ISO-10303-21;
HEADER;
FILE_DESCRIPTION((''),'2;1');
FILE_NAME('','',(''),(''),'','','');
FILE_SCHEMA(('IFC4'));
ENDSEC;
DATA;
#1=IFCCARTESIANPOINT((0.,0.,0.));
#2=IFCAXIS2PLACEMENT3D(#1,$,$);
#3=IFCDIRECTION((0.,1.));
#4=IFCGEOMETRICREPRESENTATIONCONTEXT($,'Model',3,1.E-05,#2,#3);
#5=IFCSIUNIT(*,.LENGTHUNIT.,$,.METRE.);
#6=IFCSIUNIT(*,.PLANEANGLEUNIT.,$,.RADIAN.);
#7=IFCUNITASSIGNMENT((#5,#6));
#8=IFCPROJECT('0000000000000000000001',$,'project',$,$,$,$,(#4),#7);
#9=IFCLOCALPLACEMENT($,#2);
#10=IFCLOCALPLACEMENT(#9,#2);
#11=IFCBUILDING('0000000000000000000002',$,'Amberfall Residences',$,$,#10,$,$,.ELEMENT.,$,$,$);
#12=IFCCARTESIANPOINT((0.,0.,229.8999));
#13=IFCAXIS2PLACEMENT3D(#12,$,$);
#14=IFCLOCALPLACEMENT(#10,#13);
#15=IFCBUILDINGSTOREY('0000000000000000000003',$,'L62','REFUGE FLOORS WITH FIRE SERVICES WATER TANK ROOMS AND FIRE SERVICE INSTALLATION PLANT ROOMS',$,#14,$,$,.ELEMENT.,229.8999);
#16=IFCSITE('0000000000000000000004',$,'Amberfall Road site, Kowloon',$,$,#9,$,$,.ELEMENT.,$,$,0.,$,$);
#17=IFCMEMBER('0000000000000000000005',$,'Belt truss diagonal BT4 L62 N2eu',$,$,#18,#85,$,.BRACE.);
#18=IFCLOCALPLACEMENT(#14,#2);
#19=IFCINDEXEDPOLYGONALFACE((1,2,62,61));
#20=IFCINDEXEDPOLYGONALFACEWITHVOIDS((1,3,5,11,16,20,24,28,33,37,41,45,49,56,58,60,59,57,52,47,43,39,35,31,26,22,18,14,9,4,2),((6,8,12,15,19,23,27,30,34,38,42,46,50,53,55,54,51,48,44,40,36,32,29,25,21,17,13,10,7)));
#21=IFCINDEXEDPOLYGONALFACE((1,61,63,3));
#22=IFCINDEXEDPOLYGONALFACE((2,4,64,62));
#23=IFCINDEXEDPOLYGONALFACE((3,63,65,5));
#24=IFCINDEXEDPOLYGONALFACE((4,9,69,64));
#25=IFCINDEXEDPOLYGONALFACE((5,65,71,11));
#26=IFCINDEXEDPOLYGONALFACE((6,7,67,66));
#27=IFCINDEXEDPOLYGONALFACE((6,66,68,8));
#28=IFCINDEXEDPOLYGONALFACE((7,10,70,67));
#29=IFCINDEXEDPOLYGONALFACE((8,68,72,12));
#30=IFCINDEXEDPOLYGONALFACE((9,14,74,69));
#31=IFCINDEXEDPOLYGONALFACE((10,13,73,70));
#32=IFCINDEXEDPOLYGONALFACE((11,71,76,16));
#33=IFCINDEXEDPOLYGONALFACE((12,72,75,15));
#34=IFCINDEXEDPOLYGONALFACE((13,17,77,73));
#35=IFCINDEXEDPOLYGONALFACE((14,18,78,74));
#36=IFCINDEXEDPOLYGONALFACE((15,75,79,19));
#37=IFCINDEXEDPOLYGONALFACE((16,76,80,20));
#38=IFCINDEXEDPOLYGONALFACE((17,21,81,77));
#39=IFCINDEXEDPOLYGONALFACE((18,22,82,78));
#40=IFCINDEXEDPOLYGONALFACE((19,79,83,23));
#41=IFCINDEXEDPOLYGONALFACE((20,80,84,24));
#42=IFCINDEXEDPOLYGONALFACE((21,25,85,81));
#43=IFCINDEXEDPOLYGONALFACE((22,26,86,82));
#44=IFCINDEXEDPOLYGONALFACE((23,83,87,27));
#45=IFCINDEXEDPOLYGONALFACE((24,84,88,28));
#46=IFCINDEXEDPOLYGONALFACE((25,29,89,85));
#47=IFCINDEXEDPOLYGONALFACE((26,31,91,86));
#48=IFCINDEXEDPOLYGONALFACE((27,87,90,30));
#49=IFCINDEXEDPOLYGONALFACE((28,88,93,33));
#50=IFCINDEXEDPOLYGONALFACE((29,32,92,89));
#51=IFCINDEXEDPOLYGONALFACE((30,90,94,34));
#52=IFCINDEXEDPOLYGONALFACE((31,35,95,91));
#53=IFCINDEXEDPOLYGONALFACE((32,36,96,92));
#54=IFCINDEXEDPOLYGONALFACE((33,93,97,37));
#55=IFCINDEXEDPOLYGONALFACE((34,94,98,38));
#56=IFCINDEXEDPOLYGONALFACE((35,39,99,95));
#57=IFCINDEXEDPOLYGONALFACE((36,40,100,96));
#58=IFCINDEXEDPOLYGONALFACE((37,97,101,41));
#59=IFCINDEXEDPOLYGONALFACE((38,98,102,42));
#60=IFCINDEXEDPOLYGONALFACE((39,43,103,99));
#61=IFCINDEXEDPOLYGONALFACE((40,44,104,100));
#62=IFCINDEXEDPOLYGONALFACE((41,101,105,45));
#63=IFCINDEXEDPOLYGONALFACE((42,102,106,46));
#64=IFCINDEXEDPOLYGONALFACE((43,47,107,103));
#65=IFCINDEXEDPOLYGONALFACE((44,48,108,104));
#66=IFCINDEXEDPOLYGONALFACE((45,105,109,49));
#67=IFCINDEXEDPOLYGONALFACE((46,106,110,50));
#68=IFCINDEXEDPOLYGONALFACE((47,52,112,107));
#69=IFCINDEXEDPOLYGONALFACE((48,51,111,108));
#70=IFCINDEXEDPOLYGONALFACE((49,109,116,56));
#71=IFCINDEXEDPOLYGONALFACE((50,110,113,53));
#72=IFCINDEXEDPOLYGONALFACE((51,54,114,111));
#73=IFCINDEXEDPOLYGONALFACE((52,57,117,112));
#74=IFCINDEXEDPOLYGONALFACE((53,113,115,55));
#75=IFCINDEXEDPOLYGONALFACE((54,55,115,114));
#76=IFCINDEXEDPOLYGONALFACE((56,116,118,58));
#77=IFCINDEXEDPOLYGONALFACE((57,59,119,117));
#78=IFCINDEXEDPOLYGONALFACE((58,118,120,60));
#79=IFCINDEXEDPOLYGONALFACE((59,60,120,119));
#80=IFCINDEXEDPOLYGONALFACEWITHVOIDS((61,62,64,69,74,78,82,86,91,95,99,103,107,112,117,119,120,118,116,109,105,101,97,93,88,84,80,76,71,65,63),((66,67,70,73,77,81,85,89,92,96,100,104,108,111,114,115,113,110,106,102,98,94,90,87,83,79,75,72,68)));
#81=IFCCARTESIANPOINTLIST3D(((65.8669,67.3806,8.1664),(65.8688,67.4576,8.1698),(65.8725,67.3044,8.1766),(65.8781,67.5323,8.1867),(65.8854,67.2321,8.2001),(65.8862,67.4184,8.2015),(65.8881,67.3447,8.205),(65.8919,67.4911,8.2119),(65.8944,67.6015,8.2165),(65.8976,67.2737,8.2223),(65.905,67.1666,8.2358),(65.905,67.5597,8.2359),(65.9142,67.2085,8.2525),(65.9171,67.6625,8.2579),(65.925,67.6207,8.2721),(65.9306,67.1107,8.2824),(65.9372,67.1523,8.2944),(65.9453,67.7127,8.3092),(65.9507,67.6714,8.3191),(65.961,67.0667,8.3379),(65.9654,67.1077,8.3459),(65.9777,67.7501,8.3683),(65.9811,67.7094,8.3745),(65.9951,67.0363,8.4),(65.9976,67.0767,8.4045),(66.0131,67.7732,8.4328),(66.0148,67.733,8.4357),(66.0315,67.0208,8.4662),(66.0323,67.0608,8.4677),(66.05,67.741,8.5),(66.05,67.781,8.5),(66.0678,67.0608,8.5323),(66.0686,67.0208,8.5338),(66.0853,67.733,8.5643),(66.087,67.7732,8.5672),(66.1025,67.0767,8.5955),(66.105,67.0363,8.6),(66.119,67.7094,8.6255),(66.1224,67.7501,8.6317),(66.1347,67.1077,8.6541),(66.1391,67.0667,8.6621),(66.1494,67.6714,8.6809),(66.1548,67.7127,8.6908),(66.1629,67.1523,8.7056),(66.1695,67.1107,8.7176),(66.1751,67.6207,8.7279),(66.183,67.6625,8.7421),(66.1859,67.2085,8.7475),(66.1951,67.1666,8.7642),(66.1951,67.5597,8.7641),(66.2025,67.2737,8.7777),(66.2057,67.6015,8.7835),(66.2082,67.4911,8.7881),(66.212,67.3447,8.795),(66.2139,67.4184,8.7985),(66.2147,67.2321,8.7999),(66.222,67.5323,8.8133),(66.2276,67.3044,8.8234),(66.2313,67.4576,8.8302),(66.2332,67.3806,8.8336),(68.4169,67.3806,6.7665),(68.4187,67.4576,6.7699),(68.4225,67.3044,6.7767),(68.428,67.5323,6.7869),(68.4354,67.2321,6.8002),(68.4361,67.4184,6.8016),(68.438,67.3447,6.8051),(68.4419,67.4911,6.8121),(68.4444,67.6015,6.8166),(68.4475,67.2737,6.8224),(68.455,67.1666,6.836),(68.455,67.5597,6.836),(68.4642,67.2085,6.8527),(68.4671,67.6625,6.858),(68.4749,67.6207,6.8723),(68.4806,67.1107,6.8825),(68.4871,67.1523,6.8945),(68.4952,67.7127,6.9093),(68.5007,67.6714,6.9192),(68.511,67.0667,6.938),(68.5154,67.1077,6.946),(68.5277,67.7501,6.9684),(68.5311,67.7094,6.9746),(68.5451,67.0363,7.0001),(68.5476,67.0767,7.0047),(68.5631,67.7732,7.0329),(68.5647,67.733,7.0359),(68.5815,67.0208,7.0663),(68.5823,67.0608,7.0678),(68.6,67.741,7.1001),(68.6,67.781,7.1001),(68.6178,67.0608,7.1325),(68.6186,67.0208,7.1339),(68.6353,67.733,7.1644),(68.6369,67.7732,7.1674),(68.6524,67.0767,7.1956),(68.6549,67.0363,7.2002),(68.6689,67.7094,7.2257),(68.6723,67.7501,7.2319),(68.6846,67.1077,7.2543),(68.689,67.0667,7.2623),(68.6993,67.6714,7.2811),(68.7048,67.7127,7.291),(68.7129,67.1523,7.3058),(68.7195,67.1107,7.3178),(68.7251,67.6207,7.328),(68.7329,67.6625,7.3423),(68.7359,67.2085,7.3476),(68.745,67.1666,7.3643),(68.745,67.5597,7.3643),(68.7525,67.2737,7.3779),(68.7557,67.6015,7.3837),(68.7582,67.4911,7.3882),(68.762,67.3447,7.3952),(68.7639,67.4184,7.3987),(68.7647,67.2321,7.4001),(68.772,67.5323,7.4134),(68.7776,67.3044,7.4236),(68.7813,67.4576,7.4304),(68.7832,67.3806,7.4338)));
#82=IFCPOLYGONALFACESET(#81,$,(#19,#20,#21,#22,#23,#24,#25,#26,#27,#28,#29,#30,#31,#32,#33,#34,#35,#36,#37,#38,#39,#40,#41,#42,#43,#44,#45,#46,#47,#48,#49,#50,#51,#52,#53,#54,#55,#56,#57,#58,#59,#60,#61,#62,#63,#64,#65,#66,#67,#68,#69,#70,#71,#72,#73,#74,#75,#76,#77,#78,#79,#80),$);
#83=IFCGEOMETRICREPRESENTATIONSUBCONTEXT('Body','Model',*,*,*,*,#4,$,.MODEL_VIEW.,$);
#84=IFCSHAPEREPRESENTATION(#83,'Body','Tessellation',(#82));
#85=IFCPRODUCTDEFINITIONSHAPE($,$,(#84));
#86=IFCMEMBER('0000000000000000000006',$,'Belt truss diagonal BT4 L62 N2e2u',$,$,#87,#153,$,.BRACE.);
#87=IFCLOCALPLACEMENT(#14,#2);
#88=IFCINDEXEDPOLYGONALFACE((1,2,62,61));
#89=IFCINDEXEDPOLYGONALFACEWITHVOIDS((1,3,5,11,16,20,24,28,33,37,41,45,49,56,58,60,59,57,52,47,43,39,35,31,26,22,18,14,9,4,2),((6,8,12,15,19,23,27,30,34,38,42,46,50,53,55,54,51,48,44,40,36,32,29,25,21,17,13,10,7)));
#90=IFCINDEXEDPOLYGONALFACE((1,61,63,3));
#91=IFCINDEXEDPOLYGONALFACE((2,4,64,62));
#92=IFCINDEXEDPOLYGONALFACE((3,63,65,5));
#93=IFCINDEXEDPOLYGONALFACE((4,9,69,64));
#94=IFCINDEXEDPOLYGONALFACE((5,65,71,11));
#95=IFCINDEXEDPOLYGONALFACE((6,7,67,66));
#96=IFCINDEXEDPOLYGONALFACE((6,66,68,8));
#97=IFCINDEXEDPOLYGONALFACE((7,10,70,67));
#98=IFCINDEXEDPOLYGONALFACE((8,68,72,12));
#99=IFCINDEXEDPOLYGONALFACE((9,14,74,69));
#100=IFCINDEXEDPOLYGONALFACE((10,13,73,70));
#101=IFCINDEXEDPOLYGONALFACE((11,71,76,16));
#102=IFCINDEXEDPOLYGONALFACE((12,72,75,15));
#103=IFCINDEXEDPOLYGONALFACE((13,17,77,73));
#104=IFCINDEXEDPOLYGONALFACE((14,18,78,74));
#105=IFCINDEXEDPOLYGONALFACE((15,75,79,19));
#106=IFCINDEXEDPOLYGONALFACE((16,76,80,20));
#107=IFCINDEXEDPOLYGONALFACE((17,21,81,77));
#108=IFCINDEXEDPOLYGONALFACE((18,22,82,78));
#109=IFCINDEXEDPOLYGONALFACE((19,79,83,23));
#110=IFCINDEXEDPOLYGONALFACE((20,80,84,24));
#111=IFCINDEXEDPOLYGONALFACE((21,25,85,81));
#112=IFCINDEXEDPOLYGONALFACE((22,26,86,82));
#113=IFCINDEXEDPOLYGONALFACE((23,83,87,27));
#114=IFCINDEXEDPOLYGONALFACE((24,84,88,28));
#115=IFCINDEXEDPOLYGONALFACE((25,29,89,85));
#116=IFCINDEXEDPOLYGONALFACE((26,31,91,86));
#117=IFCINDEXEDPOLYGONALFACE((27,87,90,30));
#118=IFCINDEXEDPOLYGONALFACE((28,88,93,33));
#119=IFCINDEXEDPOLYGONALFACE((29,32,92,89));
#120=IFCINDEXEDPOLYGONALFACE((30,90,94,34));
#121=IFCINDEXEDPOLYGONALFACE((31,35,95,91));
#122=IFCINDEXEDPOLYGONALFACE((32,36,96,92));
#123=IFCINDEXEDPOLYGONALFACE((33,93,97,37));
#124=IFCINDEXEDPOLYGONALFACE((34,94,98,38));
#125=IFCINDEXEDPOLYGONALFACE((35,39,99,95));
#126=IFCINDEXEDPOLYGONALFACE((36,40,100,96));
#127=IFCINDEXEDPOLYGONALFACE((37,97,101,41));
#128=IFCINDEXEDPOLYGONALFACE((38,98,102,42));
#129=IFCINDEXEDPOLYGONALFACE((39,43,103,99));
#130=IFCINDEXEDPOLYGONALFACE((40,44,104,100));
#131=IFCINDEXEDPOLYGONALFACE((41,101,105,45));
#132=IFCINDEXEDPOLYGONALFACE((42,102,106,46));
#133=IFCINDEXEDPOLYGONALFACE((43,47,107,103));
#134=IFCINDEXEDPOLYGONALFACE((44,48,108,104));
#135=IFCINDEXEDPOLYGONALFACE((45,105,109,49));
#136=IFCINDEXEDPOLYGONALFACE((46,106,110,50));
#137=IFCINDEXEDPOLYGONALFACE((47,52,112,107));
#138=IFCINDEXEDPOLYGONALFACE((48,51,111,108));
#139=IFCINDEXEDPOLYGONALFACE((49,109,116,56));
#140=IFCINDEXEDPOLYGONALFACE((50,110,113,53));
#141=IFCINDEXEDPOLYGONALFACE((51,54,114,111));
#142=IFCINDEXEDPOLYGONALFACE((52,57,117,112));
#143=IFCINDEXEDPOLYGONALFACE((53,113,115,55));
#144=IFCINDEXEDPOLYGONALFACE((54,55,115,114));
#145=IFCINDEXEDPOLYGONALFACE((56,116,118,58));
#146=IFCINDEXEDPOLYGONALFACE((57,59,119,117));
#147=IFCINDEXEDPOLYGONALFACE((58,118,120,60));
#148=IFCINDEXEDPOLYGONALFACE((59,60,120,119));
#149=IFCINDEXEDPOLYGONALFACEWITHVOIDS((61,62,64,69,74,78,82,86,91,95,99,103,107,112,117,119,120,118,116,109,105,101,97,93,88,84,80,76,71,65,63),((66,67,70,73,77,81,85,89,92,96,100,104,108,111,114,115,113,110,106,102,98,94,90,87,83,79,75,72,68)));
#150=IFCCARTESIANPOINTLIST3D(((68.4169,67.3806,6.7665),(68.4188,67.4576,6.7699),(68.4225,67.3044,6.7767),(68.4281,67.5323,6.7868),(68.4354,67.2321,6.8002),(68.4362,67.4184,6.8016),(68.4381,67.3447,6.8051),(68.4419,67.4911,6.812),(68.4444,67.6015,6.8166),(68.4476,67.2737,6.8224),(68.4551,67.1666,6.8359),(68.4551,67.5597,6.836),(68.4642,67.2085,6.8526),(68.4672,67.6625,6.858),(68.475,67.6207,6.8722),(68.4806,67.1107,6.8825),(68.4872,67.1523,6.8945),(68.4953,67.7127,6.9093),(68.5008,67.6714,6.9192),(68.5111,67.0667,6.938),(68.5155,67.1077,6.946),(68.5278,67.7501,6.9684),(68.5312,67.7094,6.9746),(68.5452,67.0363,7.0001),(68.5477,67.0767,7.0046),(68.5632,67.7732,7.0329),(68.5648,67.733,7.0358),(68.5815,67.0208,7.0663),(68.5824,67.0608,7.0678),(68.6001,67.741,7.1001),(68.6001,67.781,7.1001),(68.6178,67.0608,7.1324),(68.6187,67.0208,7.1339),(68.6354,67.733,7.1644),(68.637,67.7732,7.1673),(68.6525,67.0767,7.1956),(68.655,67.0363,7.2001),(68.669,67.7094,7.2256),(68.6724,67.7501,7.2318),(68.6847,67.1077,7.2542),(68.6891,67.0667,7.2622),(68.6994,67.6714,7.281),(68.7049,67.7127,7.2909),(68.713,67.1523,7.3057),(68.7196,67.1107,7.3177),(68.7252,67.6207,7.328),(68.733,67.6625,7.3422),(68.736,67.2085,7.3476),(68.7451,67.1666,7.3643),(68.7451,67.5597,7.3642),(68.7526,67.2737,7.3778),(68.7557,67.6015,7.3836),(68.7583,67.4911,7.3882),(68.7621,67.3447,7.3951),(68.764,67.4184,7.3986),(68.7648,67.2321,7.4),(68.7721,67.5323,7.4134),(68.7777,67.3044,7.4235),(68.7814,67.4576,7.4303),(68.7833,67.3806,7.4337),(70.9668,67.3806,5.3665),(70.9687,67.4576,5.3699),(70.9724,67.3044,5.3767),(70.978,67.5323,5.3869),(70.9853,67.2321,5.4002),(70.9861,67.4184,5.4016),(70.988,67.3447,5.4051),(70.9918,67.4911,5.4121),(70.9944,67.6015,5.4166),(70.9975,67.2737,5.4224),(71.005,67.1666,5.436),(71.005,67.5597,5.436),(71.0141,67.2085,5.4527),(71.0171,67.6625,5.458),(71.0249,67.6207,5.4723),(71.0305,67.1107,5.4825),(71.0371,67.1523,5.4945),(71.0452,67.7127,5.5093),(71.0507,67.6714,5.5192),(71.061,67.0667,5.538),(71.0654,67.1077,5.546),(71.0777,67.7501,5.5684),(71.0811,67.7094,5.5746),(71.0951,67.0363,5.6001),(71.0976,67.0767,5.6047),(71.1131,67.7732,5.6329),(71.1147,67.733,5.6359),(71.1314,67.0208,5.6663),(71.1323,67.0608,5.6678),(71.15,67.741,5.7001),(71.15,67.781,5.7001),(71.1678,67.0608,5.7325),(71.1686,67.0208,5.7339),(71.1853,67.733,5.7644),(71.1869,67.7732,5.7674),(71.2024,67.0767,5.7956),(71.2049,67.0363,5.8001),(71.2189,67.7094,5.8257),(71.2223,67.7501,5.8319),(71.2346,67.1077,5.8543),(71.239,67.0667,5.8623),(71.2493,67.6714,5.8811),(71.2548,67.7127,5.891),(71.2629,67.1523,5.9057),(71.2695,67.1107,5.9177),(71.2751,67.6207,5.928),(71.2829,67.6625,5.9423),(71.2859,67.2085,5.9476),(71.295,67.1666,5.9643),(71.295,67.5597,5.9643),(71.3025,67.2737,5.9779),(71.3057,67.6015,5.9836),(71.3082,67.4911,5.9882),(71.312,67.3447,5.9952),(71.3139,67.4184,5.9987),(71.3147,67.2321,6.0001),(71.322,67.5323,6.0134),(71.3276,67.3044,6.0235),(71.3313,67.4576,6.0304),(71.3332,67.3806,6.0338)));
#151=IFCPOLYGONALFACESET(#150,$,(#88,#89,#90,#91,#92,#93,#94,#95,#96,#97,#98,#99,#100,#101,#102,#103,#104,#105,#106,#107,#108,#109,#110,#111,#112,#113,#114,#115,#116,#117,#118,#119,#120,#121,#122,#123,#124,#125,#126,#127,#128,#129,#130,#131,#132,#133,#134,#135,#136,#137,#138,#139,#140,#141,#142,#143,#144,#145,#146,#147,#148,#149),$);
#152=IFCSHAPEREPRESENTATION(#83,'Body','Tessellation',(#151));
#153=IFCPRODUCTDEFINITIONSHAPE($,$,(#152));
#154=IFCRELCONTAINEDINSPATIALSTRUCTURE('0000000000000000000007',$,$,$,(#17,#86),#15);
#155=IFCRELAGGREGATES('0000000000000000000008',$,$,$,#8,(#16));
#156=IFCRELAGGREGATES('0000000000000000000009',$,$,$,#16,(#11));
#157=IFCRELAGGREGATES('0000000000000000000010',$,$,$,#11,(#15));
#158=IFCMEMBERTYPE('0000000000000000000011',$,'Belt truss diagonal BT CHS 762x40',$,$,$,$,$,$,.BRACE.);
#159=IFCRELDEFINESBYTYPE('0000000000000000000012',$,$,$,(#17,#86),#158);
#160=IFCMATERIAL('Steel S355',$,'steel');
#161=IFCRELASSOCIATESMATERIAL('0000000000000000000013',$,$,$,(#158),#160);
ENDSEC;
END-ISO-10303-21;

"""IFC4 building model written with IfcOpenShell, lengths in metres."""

from ifc_helpers import new_model, si_unit, direction, frame, origin, origin_2d, place, context, subcontext, project, spatial, hollow_circle, extrude, material, material_profile, profile_set, type_object, element, save


model = new_model("IFC4")

# Units and contexts
model_context = context("Model", 3, precision=1e-05, world=origin(), true_north=direction((0.0, 1.0)))
body_context = subcontext(model_context, "Body", "Model", "MODEL_VIEW")
ifc_project = project(units=[si_unit("LENGTHUNIT", "METRE"), si_unit("PLANEANGLEUNIT", "RADIAN")], contexts=[model_context])

# Site, building, storey
site_placement = place(None, origin())
site = spatial("IfcSite", under=ifc_project, at=site_placement, Name="Amberfall Road site, Kowloon", CompositionType="ELEMENT", RefElevation=0.0)
building_placement = place(site_placement, origin())
building = spatial("IfcBuilding", under=site, at=building_placement, Name="Amberfall Residences", CompositionType="ELEMENT")
storey_placement = place(building_placement, frame((0.0, 0.0, 229.8999)))
storey = spatial("IfcBuildingStorey", under=building, at=storey_placement, Name="L62", Description="REFUGE FLOORS WITH FIRE SERVICES WATER TANK ROOMS AND FIRE SERVICE INSTALLATION PLANT ROOMS", CompositionType="ELEMENT", Elevation=229.8999)

# Shared definitions
ifc_material_1 = material(Name="Steel S355", Category="steel")

# Members
ifc_material_profile_1 = material_profile(ifc_material_1, hollow_circle(Radius=0.3811, WallThickness=0.04, at=origin_2d()), Name="CHS 762x40")
ifc_profile_set_1 = profile_set([ifc_material_profile_1], Name="Steel S355")
member_type_1 = type_object("IfcMemberType", Name="Belt truss diagonal BT CHS 762x40", PredefinedType="BRACE", material=ifc_profile_set_1)
for number, where, z_axis, x_axis, name in (
    (1, (66.05, 67.3999, 8.5), (0.876597, 0.0, -0.481226), (0.0, 1.0, 0.0), "Belt truss diagonal BT4 L62 N2eu"),
    (2, (68.6001, 67.3999, 7.1001), (0.876577, 0.0, -0.481261), (0.0, 1.0, 0.0), "Belt truss diagonal BT4 L62 N2e2u"),
):
    element("IfcMember", number, at=place(storey_placement, frame(where, z_axis=z_axis, x_axis=x_axis)), inside=storey, type_object=member_type_1, Name=name, PredefinedType="BRACE", context=body_context, shape_type="SweptSolid", body=[
        extrude(hollow_circle(Radius=0.3811, WallThickness=0.04, at=origin_2d()), origin(), (0.0, 0.0, 1.0), 2.9089),
    ])

save(model, "model.ifc")
